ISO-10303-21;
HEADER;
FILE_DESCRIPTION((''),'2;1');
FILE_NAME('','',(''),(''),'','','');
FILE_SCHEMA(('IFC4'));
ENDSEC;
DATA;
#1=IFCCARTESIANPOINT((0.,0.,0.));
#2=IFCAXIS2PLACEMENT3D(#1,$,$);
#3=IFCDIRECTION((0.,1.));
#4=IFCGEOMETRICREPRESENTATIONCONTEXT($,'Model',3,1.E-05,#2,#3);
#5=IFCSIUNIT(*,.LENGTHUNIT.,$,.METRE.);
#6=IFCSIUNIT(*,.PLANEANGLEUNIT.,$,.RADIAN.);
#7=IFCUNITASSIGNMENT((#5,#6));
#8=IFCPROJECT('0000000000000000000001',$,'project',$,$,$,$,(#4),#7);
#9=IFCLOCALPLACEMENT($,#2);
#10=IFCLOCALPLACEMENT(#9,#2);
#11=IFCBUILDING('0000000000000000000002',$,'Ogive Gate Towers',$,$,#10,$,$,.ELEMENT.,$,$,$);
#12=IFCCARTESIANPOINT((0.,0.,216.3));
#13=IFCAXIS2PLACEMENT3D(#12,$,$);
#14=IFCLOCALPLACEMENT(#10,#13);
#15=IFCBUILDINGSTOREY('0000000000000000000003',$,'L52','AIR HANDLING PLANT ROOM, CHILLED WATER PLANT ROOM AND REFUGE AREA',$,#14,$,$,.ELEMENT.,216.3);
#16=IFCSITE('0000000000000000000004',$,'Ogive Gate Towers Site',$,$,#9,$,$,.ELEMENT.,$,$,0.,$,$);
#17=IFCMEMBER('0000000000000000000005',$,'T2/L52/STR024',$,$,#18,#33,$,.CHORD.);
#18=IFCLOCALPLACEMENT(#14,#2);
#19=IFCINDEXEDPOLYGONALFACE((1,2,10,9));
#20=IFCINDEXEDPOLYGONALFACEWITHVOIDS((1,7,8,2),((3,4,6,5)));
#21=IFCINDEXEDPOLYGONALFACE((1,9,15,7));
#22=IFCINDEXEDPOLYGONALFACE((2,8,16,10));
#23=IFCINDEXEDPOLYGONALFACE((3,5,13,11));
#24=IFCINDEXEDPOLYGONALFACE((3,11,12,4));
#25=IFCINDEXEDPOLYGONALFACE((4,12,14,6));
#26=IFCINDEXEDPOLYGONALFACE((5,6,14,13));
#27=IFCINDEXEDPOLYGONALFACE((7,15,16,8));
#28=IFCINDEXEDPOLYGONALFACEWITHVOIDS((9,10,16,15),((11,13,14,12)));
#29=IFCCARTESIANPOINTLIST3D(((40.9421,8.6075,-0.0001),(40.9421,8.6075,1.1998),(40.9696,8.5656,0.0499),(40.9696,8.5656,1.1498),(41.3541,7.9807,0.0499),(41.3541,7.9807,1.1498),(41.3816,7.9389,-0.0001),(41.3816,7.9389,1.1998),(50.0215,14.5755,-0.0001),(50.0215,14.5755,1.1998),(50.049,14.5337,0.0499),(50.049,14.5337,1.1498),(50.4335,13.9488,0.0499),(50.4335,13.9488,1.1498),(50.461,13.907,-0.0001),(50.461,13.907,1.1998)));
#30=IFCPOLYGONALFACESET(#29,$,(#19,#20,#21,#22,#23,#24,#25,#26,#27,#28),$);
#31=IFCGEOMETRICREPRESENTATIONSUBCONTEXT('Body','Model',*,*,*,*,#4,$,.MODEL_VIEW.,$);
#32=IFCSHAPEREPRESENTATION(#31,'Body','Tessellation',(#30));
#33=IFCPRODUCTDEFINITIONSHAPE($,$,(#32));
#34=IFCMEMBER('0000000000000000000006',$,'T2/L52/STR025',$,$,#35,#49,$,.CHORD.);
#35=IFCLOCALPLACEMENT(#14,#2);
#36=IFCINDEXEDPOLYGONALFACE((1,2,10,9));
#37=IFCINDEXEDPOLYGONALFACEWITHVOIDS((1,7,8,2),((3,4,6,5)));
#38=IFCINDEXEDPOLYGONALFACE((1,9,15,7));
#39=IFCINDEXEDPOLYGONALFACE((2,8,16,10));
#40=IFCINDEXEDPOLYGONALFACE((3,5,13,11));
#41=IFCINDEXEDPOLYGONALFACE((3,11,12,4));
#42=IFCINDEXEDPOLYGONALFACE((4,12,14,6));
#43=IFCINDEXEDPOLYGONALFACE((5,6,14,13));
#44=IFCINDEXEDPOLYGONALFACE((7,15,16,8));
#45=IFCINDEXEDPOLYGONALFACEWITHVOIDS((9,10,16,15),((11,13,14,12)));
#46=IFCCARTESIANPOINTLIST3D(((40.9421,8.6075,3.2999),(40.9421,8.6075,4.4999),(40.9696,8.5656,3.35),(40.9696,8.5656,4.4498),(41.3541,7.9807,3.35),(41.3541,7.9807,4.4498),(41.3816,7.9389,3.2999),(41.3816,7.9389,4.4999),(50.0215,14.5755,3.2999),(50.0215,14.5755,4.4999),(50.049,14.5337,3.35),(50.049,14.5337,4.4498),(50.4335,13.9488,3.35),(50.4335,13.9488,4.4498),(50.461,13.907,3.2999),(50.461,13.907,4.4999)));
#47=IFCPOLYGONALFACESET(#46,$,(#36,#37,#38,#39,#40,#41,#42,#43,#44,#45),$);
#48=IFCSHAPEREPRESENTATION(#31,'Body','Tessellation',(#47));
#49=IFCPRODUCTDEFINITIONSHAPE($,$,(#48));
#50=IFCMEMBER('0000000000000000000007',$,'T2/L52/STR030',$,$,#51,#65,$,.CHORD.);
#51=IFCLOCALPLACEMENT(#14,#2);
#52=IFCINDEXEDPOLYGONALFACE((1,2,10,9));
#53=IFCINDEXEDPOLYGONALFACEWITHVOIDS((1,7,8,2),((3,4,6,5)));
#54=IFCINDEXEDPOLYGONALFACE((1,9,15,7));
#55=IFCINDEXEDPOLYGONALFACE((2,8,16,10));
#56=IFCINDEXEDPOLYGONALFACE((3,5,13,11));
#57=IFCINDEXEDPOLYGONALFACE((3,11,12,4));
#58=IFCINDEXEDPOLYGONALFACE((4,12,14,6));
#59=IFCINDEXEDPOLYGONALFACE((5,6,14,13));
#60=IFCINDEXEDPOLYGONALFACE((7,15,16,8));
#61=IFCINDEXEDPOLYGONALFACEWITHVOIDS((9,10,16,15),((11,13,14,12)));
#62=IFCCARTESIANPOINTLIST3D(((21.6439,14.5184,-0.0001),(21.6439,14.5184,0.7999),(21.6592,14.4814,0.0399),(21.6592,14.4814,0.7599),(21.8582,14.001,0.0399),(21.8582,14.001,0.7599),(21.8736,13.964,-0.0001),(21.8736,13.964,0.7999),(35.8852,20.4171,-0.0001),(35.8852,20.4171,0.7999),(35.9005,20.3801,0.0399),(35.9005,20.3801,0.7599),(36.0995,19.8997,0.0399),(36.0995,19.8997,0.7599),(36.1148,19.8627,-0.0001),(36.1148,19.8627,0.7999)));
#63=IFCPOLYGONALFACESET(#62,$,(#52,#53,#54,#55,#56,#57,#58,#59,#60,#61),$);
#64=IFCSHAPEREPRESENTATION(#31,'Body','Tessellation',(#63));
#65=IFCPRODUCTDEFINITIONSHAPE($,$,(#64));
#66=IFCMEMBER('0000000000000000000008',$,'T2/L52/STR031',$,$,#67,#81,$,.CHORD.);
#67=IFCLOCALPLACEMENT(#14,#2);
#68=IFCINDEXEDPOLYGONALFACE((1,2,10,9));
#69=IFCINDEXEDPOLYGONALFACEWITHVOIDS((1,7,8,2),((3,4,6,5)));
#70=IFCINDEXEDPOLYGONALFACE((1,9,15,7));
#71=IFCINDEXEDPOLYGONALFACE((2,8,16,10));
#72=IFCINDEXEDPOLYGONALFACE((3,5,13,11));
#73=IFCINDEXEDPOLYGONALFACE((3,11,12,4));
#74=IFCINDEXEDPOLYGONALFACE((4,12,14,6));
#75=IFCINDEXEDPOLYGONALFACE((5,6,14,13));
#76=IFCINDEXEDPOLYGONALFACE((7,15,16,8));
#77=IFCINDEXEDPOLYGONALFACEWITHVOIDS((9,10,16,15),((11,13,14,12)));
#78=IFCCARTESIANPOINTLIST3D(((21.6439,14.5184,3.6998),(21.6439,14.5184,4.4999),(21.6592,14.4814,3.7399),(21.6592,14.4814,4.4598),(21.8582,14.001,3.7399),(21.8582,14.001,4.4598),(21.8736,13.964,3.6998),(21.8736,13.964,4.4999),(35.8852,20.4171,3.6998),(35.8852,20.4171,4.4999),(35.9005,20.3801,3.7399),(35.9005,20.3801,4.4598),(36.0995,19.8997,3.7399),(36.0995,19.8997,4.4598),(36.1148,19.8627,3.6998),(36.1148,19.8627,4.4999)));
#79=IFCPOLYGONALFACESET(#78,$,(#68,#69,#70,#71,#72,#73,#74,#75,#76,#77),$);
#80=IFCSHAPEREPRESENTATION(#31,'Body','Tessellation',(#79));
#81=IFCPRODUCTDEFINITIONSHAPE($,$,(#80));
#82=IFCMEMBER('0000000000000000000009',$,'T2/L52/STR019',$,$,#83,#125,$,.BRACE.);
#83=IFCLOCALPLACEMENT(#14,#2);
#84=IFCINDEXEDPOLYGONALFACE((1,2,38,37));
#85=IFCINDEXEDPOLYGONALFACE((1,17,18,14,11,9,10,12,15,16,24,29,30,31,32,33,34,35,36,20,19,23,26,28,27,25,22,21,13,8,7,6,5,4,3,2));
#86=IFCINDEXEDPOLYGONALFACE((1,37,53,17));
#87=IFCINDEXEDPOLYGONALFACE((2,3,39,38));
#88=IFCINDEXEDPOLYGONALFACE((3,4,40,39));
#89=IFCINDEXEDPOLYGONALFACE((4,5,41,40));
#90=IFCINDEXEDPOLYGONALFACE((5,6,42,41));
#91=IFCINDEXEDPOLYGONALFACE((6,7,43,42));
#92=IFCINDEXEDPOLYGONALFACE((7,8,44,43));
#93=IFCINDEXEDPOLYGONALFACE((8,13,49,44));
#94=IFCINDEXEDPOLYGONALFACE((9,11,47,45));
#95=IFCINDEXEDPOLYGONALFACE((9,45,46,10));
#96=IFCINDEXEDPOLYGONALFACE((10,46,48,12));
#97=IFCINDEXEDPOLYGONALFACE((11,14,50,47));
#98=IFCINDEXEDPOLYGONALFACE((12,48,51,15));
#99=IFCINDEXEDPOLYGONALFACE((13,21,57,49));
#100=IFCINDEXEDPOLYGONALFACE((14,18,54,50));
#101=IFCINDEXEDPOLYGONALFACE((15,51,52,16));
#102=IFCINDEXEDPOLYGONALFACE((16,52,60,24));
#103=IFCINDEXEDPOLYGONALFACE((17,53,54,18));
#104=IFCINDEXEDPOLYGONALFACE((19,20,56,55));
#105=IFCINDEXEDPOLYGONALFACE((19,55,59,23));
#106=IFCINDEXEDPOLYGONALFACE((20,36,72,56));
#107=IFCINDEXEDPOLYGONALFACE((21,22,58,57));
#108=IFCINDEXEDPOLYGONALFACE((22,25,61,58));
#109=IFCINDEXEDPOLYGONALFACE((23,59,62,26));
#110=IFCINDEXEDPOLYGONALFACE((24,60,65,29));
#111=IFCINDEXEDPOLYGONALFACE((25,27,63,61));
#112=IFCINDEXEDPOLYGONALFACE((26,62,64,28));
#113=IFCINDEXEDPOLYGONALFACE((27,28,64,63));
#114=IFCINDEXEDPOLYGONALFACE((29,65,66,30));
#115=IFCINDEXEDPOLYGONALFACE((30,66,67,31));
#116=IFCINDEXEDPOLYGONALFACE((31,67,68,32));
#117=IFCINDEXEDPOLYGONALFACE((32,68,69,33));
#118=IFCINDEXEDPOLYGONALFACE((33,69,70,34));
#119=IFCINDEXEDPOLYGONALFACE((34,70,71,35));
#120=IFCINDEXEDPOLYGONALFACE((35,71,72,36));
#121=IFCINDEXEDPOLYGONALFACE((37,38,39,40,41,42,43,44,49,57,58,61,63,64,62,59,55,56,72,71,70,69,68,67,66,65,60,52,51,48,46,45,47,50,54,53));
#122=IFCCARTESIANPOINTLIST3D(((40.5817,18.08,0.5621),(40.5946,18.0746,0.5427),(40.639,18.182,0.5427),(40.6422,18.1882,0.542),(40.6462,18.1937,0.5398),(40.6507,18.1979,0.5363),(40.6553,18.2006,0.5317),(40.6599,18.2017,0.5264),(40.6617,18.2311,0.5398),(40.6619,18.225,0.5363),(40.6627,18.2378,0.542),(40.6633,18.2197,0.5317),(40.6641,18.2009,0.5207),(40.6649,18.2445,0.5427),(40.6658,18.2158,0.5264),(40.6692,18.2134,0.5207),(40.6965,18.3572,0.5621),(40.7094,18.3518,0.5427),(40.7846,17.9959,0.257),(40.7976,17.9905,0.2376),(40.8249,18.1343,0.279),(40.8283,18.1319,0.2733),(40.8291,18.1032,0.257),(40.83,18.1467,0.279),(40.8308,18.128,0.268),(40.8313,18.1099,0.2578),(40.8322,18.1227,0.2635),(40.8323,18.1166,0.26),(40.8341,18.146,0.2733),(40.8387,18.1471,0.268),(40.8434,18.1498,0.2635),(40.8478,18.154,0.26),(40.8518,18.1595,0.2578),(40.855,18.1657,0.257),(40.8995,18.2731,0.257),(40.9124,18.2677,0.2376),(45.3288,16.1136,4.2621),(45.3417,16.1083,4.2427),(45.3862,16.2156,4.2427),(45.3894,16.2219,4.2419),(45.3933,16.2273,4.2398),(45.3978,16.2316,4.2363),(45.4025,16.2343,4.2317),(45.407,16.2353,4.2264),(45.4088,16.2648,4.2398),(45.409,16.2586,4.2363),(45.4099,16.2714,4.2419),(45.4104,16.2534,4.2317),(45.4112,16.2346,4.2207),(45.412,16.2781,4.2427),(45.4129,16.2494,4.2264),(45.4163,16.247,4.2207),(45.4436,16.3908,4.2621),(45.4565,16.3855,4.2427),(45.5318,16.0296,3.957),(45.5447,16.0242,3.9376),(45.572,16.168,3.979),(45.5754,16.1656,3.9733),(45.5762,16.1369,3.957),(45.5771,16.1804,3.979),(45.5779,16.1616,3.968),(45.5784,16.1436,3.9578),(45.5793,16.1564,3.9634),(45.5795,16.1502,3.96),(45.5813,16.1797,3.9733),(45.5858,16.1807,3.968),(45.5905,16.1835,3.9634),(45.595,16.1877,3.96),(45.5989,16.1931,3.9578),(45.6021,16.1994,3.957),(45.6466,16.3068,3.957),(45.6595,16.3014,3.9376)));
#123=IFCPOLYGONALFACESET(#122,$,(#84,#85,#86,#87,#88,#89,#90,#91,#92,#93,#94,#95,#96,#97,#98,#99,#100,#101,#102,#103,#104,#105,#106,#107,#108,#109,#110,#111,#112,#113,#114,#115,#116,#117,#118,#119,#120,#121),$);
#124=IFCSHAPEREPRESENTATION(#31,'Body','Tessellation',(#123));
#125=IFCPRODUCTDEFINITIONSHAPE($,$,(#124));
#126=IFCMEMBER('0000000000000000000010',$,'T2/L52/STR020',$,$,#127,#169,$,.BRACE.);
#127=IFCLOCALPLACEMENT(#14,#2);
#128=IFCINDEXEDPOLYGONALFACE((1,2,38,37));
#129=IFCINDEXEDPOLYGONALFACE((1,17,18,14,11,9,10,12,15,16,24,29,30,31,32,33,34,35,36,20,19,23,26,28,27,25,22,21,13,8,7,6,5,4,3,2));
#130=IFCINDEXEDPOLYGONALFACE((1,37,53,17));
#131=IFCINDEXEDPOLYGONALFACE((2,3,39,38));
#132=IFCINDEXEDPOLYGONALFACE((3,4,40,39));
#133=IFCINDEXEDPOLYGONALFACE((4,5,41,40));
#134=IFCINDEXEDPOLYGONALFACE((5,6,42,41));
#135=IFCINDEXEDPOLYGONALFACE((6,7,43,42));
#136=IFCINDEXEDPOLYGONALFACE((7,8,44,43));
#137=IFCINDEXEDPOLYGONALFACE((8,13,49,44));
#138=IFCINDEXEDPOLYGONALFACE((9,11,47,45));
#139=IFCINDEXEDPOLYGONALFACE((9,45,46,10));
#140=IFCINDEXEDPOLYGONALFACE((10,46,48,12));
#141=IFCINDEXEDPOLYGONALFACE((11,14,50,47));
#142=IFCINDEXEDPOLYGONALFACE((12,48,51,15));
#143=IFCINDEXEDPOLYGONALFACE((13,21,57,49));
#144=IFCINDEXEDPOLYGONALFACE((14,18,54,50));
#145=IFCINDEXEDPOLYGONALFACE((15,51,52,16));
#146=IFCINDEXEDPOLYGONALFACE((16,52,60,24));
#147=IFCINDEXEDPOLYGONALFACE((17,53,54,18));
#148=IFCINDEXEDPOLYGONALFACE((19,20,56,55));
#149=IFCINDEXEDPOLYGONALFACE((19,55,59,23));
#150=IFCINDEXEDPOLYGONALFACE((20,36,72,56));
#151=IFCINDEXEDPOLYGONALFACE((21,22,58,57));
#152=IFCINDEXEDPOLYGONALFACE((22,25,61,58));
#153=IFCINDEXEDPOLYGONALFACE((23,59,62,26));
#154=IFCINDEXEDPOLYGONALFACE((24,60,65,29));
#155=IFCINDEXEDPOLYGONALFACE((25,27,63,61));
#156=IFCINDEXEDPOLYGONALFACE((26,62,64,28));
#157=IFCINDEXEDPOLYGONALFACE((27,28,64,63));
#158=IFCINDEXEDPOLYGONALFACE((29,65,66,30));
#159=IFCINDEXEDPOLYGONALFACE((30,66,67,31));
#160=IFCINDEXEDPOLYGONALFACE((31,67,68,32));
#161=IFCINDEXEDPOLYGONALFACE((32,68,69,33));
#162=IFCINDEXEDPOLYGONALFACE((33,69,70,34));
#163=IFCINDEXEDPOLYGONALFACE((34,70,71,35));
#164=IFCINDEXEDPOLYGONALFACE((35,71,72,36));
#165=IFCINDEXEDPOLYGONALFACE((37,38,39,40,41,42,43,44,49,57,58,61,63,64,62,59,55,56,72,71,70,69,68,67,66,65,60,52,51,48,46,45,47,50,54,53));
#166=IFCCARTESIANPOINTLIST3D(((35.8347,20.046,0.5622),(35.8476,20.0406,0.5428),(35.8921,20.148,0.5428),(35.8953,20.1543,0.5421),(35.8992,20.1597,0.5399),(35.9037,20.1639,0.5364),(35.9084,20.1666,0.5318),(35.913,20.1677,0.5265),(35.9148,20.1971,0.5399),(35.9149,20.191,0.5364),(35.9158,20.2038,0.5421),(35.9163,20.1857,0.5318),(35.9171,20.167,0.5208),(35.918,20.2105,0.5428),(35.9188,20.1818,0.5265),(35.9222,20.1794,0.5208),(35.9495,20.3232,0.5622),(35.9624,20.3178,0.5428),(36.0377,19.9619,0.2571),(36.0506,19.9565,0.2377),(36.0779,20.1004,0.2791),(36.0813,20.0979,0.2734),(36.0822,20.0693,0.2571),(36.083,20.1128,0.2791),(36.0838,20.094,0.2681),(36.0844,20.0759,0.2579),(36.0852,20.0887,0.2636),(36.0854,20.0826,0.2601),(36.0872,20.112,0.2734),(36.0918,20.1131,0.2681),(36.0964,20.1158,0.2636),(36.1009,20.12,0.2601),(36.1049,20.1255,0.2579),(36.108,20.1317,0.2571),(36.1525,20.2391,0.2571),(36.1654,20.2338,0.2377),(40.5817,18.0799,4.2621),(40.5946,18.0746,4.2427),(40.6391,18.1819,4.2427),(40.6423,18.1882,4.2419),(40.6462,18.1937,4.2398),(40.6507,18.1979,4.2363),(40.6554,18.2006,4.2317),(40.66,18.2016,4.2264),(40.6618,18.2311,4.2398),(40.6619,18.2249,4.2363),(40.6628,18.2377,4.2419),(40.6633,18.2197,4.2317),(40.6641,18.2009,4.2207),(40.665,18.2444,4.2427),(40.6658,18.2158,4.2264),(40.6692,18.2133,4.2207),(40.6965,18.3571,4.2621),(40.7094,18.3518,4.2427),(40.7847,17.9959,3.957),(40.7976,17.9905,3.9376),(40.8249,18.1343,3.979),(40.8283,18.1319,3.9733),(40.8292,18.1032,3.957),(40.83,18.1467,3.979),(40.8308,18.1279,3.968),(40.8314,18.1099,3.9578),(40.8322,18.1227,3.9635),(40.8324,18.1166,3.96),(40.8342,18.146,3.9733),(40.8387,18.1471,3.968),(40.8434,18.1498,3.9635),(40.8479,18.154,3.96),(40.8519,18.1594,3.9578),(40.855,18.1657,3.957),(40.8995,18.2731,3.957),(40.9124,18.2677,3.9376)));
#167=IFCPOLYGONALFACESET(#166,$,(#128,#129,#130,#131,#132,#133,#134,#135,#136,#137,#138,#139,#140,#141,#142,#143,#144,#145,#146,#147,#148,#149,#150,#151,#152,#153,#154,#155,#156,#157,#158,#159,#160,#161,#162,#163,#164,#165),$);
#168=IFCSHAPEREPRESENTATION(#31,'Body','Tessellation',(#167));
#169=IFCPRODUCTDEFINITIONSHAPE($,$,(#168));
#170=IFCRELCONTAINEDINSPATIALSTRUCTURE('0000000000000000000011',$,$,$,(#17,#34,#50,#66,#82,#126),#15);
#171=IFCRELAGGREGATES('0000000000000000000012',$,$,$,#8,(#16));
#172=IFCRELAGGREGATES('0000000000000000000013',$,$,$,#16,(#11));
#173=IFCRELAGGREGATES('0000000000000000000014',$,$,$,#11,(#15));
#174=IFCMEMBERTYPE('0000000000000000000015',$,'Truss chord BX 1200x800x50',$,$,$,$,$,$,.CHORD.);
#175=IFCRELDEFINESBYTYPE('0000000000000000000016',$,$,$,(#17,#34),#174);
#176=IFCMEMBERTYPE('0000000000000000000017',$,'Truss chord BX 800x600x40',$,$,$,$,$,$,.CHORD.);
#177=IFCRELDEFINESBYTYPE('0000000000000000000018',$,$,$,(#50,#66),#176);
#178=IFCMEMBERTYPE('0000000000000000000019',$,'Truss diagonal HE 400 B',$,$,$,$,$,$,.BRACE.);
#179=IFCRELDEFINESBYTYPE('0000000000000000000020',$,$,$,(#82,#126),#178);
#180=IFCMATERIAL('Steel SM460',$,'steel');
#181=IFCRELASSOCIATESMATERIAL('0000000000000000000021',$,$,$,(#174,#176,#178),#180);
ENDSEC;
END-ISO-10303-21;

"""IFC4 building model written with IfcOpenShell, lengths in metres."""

from ifc_helpers import new_model, si_unit, direction, frame, origin, origin_2d, place, context, subcontext, project, spatial, hollow_rectangle, i_section, extrude, material, material_profile, profile_set, type_object, element, save


model = new_model("IFC4")

# Units and contexts
model_context = context("Model", 3, precision=1e-05, world=origin(), true_north=direction((0.0, 1.0)))
body_context = subcontext(model_context, "Body", "Model", "MODEL_VIEW")
ifc_project = project(units=[si_unit("LENGTHUNIT", "METRE"), si_unit("PLANEANGLEUNIT", "RADIAN")], contexts=[model_context])

# Site, building, storey
site_placement = place(None, origin())
site = spatial("IfcSite", under=ifc_project, at=site_placement, Name="Ogive Gate Towers Site", CompositionType="ELEMENT", RefElevation=0.0)
building_placement = place(site_placement, origin())
building = spatial("IfcBuilding", under=site, at=building_placement, Name="Ogive Gate Towers", CompositionType="ELEMENT")
storey_placement = place(building_placement, frame((0.0, 0.0, 216.3)))
storey = spatial("IfcBuildingStorey", under=building, at=storey_placement, Name="L52", Description="AIR HANDLING PLANT ROOM, CHILLED WATER PLANT ROOM AND REFUGE AREA", CompositionType="ELEMENT", Elevation=216.3)

# Shared definitions
ifc_material_1 = material(Name="Steel SM460", Category="steel")

# Members
ifc_material_profile_1 = material_profile(ifc_material_1, hollow_rectangle(XDim=0.8, YDim=1.2, WallThickness=0.05, at=origin_2d()), Name="BX 1200x800x50")
ifc_profile_set_1 = profile_set([ifc_material_profile_1], Name="Steel SM460")
member_type_1 = type_object("IfcMemberType", Name="Truss chord BX 1200x800x50", PredefinedType="CHORD", material=ifc_profile_set_1)
for number, where, z_axis, x_axis, name in (
    (1, (41.1619, 8.2732, 0.5999), (0.835638, 0.54928, 0.0), (-0.54928, 0.835638, 0.0), "T2/L52/STR024"),
    (2, (41.1619, 8.2732, 3.8999), (0.835638, 0.54928, 0.0), (-0.54928, 0.835638, 0.0), "T2/L52/STR025"),
):
    element("IfcMember", number, at=place(storey_placement, frame(where, z_axis=z_axis, x_axis=x_axis)), inside=storey, type_object=member_type_1, Name=name, PredefinedType="CHORD", context=body_context, shape_type="SweptSolid", body=[
        extrude(hollow_rectangle(XDim=0.8, YDim=1.2, WallThickness=0.05, at=origin_2d()), origin(), (0.0, 0.0, 1.0), 10.8652),
    ])
ifc_material_profile_2 = material_profile(ifc_material_1, hollow_rectangle(XDim=0.6001, YDim=0.8, WallThickness=0.04, at=origin_2d()), Name="BX 800x600x40")
ifc_profile_set_2 = profile_set([ifc_material_profile_2], Name="Steel SM460")
member_type_2 = type_object("IfcMemberType", Name="Truss chord BX 800x600x40", PredefinedType="CHORD", material=ifc_profile_set_2)
for number, where, z_axis, x_axis, name in (
    (3, (36.0, 20.1399, 0.3999), (-0.923885, -0.382671, 0.0), (0.382671, -0.923885, 0.0), "T2/L52/STR030"),
    (4, (36.0, 20.1399, 4.0999), (-0.923885, -0.382671, 0.0), (0.382671, -0.923885, 0.0), "T2/L52/STR031"),
):
    element("IfcMember", number, at=place(storey_placement, frame(where, z_axis=z_axis, x_axis=x_axis)), inside=storey, type_object=member_type_2, Name=name, PredefinedType="CHORD", context=body_context, shape_type="SweptSolid", body=[
        extrude(hollow_rectangle(XDim=0.6001, YDim=0.8, WallThickness=0.04, at=origin_2d()), origin(), (0.0, 0.0, 1.0), 15.4146),
    ])
ifc_material_profile_3 = material_profile(ifc_material_1, i_section(OverallWidth=0.3, OverallDepth=0.3999, WebThickness=0.0134, FlangeThickness=0.0239, FilletRadius=0.0271, at=origin_2d()), Name="HE 400 B")
ifc_profile_set_3 = profile_set([ifc_material_profile_3], Name="Steel SM460")
member_type_3 = type_object("IfcMemberType", Name="Truss diagonal HE 400 B", PredefinedType="BRACE", material=ifc_profile_set_3)
member_1_placement = place(storey_placement, frame((45.4941, 16.2075, 4.0999), z_axis=(-0.749728, 0.310549, -0.584352), x_axis=(-0.382685, -0.923879, 0.0)))
element("IfcMember", 5, at=member_1_placement, inside=storey, type_object=member_type_3, Name="T2/L52/STR019", PredefinedType="BRACE", context=body_context, shape_type="SweptSolid", body=[
    extrude(i_section(OverallWidth=0.3, OverallDepth=0.3999, WebThickness=0.0134, FlangeThickness=0.0239, FilletRadius=0.0271, at=origin_2d()), origin(), (0.0, 0.0, 1.0), 6.3318),
])
member_2_placement = place(storey_placement, frame((40.7471, 18.1738, 4.0999), z_axis=(-0.749737, 0.310514, -0.584359), x_axis=(-0.382644, -0.923896, 0.0)))
element("IfcMember", 6, at=member_2_placement, inside=storey, type_object=member_type_3, Name="T2/L52/STR020", PredefinedType="BRACE", context=body_context, shape_type="SweptSolid", body=[
    extrude(i_section(OverallWidth=0.3, OverallDepth=0.3999, WebThickness=0.0134, FlangeThickness=0.0239, FilletRadius=0.0271, at=origin_2d()), origin(), (0.0, 0.0, 1.0), 6.3315),
])

save(model, "model.ifc")
